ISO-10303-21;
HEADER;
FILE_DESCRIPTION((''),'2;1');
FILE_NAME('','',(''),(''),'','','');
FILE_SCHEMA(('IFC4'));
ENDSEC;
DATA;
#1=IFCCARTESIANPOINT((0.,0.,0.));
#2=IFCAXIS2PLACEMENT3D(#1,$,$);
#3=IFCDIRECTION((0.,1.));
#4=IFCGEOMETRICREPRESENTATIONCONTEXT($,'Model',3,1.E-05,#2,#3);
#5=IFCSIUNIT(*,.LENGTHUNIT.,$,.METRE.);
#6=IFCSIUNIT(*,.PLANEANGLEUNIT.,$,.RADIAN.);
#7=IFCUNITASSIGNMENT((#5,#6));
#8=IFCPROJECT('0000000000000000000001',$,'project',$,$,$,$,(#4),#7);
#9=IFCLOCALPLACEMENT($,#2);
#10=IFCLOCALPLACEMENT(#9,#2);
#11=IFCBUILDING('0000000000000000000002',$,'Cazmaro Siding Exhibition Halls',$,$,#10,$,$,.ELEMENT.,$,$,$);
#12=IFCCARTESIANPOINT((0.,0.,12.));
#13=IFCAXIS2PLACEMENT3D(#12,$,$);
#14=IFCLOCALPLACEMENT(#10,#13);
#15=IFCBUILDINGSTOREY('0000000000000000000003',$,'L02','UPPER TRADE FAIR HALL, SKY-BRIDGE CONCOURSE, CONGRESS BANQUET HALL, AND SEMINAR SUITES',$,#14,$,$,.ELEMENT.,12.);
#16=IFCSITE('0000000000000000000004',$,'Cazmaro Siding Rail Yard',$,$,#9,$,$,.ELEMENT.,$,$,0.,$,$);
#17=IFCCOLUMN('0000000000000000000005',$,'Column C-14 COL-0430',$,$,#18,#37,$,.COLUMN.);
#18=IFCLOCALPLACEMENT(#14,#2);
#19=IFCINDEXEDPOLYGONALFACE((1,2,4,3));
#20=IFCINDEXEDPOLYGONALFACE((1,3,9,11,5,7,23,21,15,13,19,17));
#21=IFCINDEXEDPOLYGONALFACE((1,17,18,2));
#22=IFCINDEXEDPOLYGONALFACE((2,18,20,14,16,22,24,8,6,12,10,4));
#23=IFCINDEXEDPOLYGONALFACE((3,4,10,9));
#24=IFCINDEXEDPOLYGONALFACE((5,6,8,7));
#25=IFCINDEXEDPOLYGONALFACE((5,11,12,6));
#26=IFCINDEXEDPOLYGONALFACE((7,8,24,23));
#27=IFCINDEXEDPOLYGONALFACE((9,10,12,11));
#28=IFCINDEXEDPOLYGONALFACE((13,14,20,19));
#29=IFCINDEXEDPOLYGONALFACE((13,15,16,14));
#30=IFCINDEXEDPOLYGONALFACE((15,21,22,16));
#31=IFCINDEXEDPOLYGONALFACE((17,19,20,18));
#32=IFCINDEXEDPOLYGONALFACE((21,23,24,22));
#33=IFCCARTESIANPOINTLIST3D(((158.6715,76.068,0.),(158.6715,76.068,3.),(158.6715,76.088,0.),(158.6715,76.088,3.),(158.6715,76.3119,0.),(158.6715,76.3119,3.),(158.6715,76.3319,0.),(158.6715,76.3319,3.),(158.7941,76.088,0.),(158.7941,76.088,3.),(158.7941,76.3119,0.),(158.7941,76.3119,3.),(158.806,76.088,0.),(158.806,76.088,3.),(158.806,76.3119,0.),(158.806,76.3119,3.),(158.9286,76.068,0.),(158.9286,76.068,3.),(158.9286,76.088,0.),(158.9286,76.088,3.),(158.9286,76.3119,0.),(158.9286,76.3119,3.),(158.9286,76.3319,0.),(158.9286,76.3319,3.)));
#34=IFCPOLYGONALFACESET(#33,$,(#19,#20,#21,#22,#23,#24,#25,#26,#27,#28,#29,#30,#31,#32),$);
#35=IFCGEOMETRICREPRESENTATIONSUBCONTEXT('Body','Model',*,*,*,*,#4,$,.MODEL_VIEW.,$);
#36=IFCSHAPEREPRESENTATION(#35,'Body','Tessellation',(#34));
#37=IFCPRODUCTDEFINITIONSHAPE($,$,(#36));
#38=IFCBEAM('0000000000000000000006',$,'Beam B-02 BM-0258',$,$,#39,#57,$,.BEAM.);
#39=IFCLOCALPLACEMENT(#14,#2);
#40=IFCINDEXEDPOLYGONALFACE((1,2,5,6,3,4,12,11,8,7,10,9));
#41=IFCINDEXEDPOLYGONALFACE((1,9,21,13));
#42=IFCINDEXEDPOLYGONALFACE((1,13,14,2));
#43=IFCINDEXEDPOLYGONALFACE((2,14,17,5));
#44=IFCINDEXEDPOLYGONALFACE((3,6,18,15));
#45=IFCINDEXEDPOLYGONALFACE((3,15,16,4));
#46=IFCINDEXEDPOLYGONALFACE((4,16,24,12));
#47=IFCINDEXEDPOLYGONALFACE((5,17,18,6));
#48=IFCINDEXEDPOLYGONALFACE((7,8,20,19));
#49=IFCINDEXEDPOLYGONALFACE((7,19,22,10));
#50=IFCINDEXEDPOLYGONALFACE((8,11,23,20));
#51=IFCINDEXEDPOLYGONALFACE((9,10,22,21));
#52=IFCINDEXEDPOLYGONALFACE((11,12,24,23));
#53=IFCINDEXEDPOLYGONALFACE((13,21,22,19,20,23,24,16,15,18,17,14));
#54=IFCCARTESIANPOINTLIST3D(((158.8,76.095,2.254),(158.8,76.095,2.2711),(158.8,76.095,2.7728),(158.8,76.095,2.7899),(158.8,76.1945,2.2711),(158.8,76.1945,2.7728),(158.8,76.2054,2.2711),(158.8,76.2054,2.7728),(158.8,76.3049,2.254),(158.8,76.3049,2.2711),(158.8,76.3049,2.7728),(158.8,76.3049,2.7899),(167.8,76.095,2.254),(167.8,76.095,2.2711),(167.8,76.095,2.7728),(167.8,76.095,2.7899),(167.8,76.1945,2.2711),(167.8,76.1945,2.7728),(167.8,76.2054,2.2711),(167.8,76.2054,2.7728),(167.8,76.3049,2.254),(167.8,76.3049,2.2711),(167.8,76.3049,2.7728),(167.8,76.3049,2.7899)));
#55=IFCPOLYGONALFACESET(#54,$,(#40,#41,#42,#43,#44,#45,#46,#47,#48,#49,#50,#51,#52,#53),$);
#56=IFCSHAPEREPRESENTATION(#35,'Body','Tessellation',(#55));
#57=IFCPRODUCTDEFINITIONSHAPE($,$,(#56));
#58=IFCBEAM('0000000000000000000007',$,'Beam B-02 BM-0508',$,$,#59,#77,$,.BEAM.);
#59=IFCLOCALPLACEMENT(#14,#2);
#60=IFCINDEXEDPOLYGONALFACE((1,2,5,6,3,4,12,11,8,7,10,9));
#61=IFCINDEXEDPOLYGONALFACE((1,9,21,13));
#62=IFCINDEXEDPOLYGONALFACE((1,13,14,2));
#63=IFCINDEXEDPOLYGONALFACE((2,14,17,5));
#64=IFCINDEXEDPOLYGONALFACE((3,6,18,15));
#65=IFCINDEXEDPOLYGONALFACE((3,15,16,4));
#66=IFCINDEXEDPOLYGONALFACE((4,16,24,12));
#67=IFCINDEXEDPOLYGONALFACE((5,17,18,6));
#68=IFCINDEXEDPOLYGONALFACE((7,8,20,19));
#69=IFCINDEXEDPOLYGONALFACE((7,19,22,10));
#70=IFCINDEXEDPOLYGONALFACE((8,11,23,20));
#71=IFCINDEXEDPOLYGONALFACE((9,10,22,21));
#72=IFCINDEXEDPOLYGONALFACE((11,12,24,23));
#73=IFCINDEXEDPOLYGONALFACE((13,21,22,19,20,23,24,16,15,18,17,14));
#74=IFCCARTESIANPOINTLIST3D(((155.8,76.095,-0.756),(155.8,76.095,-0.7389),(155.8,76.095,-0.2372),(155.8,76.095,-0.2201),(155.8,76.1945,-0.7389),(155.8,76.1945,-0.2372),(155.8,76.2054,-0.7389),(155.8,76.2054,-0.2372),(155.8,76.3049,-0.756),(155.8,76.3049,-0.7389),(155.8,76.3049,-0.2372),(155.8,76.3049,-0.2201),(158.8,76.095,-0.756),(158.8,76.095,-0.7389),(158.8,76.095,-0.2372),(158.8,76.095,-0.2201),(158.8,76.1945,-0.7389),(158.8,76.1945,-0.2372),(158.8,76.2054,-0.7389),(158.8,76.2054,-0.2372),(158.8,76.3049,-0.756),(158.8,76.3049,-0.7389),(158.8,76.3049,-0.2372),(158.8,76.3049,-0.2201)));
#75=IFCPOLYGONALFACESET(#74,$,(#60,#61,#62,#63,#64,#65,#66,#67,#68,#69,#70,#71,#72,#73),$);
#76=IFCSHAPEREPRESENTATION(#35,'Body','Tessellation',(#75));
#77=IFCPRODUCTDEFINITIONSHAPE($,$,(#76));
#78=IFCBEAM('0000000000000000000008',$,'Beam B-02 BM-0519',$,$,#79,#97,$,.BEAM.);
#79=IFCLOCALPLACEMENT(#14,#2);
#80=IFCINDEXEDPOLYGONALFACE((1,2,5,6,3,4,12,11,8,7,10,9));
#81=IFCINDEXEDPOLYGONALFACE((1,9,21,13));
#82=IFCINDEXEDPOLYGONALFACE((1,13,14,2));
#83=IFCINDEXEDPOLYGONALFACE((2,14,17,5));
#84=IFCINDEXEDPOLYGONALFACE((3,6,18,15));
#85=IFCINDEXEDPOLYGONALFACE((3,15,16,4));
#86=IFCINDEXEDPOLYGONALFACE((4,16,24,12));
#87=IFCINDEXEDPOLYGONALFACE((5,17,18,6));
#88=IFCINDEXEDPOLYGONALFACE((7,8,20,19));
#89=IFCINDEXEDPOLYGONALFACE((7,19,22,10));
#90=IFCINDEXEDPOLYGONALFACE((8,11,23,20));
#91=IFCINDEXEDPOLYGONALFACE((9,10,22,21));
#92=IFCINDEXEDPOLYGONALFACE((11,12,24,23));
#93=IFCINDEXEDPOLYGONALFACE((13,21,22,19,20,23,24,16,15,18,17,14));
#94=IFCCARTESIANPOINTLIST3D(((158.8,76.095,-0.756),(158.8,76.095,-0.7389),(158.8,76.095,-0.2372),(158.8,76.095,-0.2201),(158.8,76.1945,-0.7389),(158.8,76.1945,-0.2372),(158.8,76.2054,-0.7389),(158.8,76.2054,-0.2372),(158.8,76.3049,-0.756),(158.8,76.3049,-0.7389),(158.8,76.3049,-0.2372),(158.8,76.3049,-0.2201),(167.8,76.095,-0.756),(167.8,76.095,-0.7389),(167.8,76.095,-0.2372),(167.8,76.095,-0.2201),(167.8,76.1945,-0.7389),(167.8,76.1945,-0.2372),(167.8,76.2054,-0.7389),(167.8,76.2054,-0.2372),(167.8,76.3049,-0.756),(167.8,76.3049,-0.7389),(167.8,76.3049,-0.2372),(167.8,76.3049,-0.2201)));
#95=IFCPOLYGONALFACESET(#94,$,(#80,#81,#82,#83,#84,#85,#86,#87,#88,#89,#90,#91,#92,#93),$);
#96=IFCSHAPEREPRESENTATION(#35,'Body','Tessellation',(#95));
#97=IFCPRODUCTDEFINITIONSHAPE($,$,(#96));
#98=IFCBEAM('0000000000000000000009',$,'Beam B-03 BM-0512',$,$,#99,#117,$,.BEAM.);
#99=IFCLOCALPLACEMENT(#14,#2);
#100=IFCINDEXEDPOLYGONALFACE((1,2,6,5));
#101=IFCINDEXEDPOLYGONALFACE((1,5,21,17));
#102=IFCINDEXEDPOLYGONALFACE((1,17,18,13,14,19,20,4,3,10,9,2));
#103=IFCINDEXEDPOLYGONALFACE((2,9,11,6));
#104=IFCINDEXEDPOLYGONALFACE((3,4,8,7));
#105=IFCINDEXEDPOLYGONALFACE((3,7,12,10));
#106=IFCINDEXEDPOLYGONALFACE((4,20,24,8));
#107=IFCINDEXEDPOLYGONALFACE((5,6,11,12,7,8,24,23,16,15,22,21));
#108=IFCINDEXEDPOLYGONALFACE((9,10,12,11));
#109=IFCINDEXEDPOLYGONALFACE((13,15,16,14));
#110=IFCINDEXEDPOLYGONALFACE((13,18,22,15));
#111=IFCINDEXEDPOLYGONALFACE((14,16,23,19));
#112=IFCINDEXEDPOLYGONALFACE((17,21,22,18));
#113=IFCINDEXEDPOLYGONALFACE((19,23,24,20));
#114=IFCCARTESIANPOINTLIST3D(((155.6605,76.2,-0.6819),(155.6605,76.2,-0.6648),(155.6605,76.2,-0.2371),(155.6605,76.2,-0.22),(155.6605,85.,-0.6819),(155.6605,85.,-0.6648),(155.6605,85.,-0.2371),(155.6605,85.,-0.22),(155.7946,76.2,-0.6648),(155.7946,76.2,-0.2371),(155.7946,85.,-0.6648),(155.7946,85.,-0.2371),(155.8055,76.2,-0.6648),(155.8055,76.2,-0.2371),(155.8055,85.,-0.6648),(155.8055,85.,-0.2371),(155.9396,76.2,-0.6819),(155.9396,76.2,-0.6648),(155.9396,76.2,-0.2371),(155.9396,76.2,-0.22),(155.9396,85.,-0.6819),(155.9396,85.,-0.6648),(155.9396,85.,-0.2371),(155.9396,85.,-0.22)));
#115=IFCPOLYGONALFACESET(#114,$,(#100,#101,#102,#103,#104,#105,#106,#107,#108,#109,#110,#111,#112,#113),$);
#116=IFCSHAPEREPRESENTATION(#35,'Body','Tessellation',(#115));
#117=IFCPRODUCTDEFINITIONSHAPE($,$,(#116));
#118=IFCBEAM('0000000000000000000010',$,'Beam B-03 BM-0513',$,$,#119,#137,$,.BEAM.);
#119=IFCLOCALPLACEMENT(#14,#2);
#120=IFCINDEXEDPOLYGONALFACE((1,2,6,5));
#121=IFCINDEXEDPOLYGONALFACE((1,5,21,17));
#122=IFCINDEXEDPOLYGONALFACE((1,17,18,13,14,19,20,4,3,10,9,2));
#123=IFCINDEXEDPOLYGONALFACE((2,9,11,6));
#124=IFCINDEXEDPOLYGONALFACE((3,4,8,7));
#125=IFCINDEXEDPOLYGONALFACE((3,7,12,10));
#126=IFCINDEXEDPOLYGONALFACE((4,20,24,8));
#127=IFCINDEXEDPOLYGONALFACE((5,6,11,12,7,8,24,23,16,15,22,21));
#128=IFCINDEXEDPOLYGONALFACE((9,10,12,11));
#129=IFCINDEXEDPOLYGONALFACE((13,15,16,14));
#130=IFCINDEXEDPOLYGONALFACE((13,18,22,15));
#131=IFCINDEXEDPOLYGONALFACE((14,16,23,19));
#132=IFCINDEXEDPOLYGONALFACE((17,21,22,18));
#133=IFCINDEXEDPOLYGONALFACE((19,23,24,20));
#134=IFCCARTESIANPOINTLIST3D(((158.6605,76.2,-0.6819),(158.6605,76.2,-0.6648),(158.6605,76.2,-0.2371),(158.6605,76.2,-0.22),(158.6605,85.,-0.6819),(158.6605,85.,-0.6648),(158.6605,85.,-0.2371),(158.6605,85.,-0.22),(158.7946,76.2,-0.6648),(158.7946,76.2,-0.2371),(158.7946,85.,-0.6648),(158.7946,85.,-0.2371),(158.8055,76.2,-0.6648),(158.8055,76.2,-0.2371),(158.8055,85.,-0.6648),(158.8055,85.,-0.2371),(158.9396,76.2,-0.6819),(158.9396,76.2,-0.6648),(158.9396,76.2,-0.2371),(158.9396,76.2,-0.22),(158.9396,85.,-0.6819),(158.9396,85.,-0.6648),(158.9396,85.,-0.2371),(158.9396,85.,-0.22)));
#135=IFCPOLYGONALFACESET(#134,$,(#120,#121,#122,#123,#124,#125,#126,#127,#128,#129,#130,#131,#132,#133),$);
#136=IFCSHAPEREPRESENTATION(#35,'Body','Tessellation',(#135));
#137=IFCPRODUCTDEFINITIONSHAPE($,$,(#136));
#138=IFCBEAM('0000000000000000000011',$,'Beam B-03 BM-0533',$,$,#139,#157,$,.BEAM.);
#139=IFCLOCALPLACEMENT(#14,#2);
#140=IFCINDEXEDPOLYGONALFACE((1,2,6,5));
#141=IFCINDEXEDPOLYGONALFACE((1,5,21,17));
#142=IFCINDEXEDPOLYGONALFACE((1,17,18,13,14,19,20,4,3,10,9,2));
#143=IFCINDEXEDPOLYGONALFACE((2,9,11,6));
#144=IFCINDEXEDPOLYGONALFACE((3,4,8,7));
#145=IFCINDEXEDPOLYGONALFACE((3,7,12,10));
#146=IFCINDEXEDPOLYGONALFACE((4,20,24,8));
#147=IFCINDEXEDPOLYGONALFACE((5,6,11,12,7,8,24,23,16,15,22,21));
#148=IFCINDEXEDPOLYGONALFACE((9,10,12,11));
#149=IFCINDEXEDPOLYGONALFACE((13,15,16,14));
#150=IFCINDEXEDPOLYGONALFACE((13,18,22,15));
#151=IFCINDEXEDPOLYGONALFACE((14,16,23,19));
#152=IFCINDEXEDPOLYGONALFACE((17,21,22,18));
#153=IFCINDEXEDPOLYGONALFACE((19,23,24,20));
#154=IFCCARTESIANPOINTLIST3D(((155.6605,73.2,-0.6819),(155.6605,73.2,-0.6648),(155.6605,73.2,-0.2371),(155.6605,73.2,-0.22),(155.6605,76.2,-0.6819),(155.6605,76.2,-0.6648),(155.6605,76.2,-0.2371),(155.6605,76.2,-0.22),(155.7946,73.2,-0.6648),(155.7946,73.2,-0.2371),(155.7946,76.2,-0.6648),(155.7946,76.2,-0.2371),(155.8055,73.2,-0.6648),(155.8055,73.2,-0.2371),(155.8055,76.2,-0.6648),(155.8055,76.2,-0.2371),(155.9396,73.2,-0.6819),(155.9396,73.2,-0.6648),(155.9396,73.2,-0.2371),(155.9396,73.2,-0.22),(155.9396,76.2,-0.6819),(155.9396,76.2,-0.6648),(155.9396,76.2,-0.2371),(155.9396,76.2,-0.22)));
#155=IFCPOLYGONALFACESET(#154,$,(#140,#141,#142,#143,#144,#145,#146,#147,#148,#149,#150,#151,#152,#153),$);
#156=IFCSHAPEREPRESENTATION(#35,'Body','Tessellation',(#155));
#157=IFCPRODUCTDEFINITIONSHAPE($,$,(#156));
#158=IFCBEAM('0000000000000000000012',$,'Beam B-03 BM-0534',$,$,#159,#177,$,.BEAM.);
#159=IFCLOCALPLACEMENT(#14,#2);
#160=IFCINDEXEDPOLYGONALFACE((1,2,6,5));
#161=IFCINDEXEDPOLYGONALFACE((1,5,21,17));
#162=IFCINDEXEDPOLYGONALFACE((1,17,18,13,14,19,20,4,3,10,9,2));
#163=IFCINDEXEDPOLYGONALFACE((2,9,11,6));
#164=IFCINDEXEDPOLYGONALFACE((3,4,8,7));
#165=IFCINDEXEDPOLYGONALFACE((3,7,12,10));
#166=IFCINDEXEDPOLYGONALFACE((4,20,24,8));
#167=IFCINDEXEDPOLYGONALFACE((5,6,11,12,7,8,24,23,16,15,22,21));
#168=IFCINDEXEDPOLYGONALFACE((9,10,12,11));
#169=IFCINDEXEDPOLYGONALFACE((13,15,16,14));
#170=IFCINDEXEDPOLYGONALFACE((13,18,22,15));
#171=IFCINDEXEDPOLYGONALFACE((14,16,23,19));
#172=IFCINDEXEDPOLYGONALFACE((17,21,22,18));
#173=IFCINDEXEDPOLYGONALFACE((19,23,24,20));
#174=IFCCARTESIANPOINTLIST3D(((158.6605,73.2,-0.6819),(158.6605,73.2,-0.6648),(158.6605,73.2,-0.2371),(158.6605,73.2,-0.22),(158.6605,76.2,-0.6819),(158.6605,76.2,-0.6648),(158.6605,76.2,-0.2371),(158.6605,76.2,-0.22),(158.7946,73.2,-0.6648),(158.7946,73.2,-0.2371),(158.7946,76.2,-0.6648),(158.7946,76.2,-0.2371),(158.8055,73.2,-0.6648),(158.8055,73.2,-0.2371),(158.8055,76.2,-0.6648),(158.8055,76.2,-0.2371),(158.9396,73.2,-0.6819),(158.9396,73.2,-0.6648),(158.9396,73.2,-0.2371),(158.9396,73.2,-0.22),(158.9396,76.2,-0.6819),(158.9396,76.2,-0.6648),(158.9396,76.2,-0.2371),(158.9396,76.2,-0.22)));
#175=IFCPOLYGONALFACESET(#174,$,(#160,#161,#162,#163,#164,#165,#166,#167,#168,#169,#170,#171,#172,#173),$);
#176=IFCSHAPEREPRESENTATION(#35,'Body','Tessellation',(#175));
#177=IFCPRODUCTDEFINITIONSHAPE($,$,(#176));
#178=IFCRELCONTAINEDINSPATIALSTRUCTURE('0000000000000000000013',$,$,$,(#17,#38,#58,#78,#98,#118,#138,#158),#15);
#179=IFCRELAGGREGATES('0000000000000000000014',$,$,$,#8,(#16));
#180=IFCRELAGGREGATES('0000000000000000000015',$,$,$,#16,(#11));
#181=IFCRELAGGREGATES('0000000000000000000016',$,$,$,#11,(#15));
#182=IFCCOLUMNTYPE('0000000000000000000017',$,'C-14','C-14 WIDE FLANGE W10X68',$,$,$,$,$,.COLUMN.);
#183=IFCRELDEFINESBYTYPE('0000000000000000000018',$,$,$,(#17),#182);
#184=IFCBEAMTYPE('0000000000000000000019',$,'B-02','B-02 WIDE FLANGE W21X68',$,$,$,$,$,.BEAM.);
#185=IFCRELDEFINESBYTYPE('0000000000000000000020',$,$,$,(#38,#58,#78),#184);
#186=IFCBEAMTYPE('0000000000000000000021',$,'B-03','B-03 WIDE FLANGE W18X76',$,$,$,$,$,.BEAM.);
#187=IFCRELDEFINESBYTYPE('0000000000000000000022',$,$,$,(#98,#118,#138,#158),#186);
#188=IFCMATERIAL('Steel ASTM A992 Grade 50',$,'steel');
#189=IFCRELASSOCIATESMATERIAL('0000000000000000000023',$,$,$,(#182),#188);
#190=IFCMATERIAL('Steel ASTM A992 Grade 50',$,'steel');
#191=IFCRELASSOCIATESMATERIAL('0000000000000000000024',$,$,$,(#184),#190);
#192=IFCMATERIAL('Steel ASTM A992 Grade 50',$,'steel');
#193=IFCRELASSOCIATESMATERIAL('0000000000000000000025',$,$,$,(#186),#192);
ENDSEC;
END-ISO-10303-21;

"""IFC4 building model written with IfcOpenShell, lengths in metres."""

from ifc_helpers import new_model, si_unit, direction, frame, origin, origin_2d, place, context, subcontext, project, spatial, i_section, extrude, material, material_profile, profile_set, type_object, element, save


model = new_model("IFC4")

# Units and contexts
model_context = context("Model", 3, precision=1e-05, world=origin(), true_north=direction((0.0, 1.0)))
body_context = subcontext(model_context, "Body", "Model", "MODEL_VIEW")
ifc_project = project(units=[si_unit("LENGTHUNIT", "METRE"), si_unit("PLANEANGLEUNIT", "RADIAN")], contexts=[model_context])

# Site, building, storey
site_placement = place(None, origin())
site = spatial("IfcSite", under=ifc_project, at=site_placement, Name="Cazmaro Siding Rail Yard", CompositionType="ELEMENT", RefElevation=0.0)
building_placement = place(site_placement, origin())
building = spatial("IfcBuilding", under=site, at=building_placement, Name="Cazmaro Siding Exhibition Halls", CompositionType="ELEMENT")
storey_placement = place(building_placement, frame((0.0, 0.0, 12.0)))
storey = spatial("IfcBuildingStorey", under=building, at=storey_placement, Name="L02", Description="UPPER TRADE FAIR HALL, SKY-BRIDGE CONCOURSE, CONGRESS BANQUET HALL, AND SEMINAR SUITES", CompositionType="ELEMENT", Elevation=12.0)

# Column
ifc_material_1 = material(Name="Steel ASTM A992 Grade 50", Category="steel")
ifc_material_profile_1 = material_profile(ifc_material_1, i_section(OverallWidth=0.2571, OverallDepth=0.2639, WebThickness=0.012, FlangeThickness=0.02, at=origin_2d()), Name="W10X68")
ifc_profile_set_1 = profile_set([ifc_material_profile_1], Name="Steel ASTM A992 Grade 50")
column_type = type_object("IfcColumnType", Name="C-14", Description="C-14 WIDE FLANGE W10X68", PredefinedType="COLUMN", material=ifc_profile_set_1)
column_placement = place(storey_placement, frame((158.8, 76.2, 0.0), z_axis=(0.0, 0.0, 1.0), x_axis=(1.0, 0.0, 0.0)))
element("IfcColumn", 1, at=column_placement, inside=storey, type_object=column_type, Name="Column C-14 COL-0430", PredefinedType="COLUMN", context=body_context, shape_type="SweptSolid", body=[
    extrude(i_section(OverallWidth=0.2571, OverallDepth=0.2639, WebThickness=0.012, FlangeThickness=0.02, at=origin_2d()), origin(), (0.0, 0.0, 1.0), 3.0),
])

# Beams
ifc_material_2 = material(Name="Steel ASTM A992 Grade 50", Category="steel")
ifc_material_profile_2 = material_profile(ifc_material_2, i_section(OverallWidth=0.21, OverallDepth=0.5359, WebThickness=0.011, FlangeThickness=0.0171, at=origin_2d()), Name="W21X68")
ifc_profile_set_2 = profile_set([ifc_material_profile_2], Name="Steel ASTM A992 Grade 50")
beam_type_1 = type_object("IfcBeamType", Name="B-02", Description="B-02 WIDE FLANGE W21X68", PredefinedType="BEAM", material=ifc_profile_set_2)
beam_1_placement = place(storey_placement, frame((158.8, 76.2, 2.522), z_axis=(1.0, 0.0, 0.0), x_axis=(0.0, 1.0, 0.0)))
element("IfcBeam", 2, at=beam_1_placement, inside=storey, type_object=beam_type_1, Name="Beam B-02 BM-0258", PredefinedType="BEAM", context=body_context, shape_type="SweptSolid", body=[
    extrude(i_section(OverallWidth=0.21, OverallDepth=0.5359, WebThickness=0.011, FlangeThickness=0.0171, at=origin_2d()), origin(), (0.0, 0.0, 1.0), 9.0),
])
beam_2_placement = place(storey_placement, frame((155.8, 76.2, -0.488), z_axis=(1.0, 0.0, 0.0), x_axis=(0.0, 1.0, 0.0)))
element("IfcBeam", 3, at=beam_2_placement, inside=storey, type_object=beam_type_1, Name="Beam B-02 BM-0508", PredefinedType="BEAM", context=body_context, shape_type="SweptSolid", body=[
    extrude(i_section(OverallWidth=0.21, OverallDepth=0.5359, WebThickness=0.011, FlangeThickness=0.0171, at=origin_2d()), origin(), (0.0, 0.0, 1.0), 3.0),
])
beam_3_placement = place(storey_placement, frame((158.8, 76.2, -0.488), z_axis=(1.0, 0.0, 0.0), x_axis=(0.0, 1.0, 0.0)))
element("IfcBeam", 4, at=beam_3_placement, inside=storey, type_object=beam_type_1, Name="Beam B-02 BM-0519", PredefinedType="BEAM", context=body_context, shape_type="SweptSolid", body=[
    extrude(i_section(OverallWidth=0.21, OverallDepth=0.5359, WebThickness=0.011, FlangeThickness=0.0171, at=origin_2d()), origin(), (0.0, 0.0, 1.0), 9.0),
])
ifc_material_3 = material(Name="Steel ASTM A992 Grade 50", Category="steel")
ifc_material_profile_3 = material_profile(ifc_material_3, i_section(OverallWidth=0.2791, OverallDepth=0.4619, WebThickness=0.011, FlangeThickness=0.0171, at=origin_2d()), Name="W18X76")
ifc_profile_set_3 = profile_set([ifc_material_profile_3], Name="Steel ASTM A992 Grade 50")
beam_type_2 = type_object("IfcBeamType", Name="B-03", Description="B-03 WIDE FLANGE W18X76", PredefinedType="BEAM", material=ifc_profile_set_3)
for number, where, z_axis, x_axis, name in (
    (5, (155.8, 76.2, -0.4509), (0.0, 1.0, 0.0), (-1.0, 0.0, 0.0), "Beam B-03 BM-0512"),
    (6, (158.8, 76.2, -0.4509), (0.0, 1.0, 0.0), (-1.0, 0.0, 0.0), "Beam B-03 BM-0513"),
):
    element("IfcBeam", number, at=place(storey_placement, frame(where, z_axis=z_axis, x_axis=x_axis)), inside=storey, type_object=beam_type_2, Name=name, PredefinedType="BEAM", context=body_context, shape_type="SweptSolid", body=[
        extrude(i_section(OverallWidth=0.2791, OverallDepth=0.4619, WebThickness=0.011, FlangeThickness=0.0171, at=origin_2d()), origin(), (0.0, 0.0, 1.0), 8.8),
    ])
for number, where, z_axis, x_axis, name in (
    (7, (155.8, 73.2, -0.4509), (0.0, 1.0, 0.0), (-1.0, 0.0, 0.0), "Beam B-03 BM-0533"),
    (8, (158.8, 73.2, -0.4509), (0.0, 1.0, 0.0), (-1.0, 0.0, 0.0), "Beam B-03 BM-0534"),
):
    element("IfcBeam", number, at=place(storey_placement, frame(where, z_axis=z_axis, x_axis=x_axis)), inside=storey, type_object=beam_type_2, Name=name, PredefinedType="BEAM", context=body_context, shape_type="SweptSolid", body=[
        extrude(i_section(OverallWidth=0.2791, OverallDepth=0.4619, WebThickness=0.011, FlangeThickness=0.0171, at=origin_2d()), origin(), (0.0, 0.0, 1.0), 3.0),
    ])

save(model, "model.ifc")
